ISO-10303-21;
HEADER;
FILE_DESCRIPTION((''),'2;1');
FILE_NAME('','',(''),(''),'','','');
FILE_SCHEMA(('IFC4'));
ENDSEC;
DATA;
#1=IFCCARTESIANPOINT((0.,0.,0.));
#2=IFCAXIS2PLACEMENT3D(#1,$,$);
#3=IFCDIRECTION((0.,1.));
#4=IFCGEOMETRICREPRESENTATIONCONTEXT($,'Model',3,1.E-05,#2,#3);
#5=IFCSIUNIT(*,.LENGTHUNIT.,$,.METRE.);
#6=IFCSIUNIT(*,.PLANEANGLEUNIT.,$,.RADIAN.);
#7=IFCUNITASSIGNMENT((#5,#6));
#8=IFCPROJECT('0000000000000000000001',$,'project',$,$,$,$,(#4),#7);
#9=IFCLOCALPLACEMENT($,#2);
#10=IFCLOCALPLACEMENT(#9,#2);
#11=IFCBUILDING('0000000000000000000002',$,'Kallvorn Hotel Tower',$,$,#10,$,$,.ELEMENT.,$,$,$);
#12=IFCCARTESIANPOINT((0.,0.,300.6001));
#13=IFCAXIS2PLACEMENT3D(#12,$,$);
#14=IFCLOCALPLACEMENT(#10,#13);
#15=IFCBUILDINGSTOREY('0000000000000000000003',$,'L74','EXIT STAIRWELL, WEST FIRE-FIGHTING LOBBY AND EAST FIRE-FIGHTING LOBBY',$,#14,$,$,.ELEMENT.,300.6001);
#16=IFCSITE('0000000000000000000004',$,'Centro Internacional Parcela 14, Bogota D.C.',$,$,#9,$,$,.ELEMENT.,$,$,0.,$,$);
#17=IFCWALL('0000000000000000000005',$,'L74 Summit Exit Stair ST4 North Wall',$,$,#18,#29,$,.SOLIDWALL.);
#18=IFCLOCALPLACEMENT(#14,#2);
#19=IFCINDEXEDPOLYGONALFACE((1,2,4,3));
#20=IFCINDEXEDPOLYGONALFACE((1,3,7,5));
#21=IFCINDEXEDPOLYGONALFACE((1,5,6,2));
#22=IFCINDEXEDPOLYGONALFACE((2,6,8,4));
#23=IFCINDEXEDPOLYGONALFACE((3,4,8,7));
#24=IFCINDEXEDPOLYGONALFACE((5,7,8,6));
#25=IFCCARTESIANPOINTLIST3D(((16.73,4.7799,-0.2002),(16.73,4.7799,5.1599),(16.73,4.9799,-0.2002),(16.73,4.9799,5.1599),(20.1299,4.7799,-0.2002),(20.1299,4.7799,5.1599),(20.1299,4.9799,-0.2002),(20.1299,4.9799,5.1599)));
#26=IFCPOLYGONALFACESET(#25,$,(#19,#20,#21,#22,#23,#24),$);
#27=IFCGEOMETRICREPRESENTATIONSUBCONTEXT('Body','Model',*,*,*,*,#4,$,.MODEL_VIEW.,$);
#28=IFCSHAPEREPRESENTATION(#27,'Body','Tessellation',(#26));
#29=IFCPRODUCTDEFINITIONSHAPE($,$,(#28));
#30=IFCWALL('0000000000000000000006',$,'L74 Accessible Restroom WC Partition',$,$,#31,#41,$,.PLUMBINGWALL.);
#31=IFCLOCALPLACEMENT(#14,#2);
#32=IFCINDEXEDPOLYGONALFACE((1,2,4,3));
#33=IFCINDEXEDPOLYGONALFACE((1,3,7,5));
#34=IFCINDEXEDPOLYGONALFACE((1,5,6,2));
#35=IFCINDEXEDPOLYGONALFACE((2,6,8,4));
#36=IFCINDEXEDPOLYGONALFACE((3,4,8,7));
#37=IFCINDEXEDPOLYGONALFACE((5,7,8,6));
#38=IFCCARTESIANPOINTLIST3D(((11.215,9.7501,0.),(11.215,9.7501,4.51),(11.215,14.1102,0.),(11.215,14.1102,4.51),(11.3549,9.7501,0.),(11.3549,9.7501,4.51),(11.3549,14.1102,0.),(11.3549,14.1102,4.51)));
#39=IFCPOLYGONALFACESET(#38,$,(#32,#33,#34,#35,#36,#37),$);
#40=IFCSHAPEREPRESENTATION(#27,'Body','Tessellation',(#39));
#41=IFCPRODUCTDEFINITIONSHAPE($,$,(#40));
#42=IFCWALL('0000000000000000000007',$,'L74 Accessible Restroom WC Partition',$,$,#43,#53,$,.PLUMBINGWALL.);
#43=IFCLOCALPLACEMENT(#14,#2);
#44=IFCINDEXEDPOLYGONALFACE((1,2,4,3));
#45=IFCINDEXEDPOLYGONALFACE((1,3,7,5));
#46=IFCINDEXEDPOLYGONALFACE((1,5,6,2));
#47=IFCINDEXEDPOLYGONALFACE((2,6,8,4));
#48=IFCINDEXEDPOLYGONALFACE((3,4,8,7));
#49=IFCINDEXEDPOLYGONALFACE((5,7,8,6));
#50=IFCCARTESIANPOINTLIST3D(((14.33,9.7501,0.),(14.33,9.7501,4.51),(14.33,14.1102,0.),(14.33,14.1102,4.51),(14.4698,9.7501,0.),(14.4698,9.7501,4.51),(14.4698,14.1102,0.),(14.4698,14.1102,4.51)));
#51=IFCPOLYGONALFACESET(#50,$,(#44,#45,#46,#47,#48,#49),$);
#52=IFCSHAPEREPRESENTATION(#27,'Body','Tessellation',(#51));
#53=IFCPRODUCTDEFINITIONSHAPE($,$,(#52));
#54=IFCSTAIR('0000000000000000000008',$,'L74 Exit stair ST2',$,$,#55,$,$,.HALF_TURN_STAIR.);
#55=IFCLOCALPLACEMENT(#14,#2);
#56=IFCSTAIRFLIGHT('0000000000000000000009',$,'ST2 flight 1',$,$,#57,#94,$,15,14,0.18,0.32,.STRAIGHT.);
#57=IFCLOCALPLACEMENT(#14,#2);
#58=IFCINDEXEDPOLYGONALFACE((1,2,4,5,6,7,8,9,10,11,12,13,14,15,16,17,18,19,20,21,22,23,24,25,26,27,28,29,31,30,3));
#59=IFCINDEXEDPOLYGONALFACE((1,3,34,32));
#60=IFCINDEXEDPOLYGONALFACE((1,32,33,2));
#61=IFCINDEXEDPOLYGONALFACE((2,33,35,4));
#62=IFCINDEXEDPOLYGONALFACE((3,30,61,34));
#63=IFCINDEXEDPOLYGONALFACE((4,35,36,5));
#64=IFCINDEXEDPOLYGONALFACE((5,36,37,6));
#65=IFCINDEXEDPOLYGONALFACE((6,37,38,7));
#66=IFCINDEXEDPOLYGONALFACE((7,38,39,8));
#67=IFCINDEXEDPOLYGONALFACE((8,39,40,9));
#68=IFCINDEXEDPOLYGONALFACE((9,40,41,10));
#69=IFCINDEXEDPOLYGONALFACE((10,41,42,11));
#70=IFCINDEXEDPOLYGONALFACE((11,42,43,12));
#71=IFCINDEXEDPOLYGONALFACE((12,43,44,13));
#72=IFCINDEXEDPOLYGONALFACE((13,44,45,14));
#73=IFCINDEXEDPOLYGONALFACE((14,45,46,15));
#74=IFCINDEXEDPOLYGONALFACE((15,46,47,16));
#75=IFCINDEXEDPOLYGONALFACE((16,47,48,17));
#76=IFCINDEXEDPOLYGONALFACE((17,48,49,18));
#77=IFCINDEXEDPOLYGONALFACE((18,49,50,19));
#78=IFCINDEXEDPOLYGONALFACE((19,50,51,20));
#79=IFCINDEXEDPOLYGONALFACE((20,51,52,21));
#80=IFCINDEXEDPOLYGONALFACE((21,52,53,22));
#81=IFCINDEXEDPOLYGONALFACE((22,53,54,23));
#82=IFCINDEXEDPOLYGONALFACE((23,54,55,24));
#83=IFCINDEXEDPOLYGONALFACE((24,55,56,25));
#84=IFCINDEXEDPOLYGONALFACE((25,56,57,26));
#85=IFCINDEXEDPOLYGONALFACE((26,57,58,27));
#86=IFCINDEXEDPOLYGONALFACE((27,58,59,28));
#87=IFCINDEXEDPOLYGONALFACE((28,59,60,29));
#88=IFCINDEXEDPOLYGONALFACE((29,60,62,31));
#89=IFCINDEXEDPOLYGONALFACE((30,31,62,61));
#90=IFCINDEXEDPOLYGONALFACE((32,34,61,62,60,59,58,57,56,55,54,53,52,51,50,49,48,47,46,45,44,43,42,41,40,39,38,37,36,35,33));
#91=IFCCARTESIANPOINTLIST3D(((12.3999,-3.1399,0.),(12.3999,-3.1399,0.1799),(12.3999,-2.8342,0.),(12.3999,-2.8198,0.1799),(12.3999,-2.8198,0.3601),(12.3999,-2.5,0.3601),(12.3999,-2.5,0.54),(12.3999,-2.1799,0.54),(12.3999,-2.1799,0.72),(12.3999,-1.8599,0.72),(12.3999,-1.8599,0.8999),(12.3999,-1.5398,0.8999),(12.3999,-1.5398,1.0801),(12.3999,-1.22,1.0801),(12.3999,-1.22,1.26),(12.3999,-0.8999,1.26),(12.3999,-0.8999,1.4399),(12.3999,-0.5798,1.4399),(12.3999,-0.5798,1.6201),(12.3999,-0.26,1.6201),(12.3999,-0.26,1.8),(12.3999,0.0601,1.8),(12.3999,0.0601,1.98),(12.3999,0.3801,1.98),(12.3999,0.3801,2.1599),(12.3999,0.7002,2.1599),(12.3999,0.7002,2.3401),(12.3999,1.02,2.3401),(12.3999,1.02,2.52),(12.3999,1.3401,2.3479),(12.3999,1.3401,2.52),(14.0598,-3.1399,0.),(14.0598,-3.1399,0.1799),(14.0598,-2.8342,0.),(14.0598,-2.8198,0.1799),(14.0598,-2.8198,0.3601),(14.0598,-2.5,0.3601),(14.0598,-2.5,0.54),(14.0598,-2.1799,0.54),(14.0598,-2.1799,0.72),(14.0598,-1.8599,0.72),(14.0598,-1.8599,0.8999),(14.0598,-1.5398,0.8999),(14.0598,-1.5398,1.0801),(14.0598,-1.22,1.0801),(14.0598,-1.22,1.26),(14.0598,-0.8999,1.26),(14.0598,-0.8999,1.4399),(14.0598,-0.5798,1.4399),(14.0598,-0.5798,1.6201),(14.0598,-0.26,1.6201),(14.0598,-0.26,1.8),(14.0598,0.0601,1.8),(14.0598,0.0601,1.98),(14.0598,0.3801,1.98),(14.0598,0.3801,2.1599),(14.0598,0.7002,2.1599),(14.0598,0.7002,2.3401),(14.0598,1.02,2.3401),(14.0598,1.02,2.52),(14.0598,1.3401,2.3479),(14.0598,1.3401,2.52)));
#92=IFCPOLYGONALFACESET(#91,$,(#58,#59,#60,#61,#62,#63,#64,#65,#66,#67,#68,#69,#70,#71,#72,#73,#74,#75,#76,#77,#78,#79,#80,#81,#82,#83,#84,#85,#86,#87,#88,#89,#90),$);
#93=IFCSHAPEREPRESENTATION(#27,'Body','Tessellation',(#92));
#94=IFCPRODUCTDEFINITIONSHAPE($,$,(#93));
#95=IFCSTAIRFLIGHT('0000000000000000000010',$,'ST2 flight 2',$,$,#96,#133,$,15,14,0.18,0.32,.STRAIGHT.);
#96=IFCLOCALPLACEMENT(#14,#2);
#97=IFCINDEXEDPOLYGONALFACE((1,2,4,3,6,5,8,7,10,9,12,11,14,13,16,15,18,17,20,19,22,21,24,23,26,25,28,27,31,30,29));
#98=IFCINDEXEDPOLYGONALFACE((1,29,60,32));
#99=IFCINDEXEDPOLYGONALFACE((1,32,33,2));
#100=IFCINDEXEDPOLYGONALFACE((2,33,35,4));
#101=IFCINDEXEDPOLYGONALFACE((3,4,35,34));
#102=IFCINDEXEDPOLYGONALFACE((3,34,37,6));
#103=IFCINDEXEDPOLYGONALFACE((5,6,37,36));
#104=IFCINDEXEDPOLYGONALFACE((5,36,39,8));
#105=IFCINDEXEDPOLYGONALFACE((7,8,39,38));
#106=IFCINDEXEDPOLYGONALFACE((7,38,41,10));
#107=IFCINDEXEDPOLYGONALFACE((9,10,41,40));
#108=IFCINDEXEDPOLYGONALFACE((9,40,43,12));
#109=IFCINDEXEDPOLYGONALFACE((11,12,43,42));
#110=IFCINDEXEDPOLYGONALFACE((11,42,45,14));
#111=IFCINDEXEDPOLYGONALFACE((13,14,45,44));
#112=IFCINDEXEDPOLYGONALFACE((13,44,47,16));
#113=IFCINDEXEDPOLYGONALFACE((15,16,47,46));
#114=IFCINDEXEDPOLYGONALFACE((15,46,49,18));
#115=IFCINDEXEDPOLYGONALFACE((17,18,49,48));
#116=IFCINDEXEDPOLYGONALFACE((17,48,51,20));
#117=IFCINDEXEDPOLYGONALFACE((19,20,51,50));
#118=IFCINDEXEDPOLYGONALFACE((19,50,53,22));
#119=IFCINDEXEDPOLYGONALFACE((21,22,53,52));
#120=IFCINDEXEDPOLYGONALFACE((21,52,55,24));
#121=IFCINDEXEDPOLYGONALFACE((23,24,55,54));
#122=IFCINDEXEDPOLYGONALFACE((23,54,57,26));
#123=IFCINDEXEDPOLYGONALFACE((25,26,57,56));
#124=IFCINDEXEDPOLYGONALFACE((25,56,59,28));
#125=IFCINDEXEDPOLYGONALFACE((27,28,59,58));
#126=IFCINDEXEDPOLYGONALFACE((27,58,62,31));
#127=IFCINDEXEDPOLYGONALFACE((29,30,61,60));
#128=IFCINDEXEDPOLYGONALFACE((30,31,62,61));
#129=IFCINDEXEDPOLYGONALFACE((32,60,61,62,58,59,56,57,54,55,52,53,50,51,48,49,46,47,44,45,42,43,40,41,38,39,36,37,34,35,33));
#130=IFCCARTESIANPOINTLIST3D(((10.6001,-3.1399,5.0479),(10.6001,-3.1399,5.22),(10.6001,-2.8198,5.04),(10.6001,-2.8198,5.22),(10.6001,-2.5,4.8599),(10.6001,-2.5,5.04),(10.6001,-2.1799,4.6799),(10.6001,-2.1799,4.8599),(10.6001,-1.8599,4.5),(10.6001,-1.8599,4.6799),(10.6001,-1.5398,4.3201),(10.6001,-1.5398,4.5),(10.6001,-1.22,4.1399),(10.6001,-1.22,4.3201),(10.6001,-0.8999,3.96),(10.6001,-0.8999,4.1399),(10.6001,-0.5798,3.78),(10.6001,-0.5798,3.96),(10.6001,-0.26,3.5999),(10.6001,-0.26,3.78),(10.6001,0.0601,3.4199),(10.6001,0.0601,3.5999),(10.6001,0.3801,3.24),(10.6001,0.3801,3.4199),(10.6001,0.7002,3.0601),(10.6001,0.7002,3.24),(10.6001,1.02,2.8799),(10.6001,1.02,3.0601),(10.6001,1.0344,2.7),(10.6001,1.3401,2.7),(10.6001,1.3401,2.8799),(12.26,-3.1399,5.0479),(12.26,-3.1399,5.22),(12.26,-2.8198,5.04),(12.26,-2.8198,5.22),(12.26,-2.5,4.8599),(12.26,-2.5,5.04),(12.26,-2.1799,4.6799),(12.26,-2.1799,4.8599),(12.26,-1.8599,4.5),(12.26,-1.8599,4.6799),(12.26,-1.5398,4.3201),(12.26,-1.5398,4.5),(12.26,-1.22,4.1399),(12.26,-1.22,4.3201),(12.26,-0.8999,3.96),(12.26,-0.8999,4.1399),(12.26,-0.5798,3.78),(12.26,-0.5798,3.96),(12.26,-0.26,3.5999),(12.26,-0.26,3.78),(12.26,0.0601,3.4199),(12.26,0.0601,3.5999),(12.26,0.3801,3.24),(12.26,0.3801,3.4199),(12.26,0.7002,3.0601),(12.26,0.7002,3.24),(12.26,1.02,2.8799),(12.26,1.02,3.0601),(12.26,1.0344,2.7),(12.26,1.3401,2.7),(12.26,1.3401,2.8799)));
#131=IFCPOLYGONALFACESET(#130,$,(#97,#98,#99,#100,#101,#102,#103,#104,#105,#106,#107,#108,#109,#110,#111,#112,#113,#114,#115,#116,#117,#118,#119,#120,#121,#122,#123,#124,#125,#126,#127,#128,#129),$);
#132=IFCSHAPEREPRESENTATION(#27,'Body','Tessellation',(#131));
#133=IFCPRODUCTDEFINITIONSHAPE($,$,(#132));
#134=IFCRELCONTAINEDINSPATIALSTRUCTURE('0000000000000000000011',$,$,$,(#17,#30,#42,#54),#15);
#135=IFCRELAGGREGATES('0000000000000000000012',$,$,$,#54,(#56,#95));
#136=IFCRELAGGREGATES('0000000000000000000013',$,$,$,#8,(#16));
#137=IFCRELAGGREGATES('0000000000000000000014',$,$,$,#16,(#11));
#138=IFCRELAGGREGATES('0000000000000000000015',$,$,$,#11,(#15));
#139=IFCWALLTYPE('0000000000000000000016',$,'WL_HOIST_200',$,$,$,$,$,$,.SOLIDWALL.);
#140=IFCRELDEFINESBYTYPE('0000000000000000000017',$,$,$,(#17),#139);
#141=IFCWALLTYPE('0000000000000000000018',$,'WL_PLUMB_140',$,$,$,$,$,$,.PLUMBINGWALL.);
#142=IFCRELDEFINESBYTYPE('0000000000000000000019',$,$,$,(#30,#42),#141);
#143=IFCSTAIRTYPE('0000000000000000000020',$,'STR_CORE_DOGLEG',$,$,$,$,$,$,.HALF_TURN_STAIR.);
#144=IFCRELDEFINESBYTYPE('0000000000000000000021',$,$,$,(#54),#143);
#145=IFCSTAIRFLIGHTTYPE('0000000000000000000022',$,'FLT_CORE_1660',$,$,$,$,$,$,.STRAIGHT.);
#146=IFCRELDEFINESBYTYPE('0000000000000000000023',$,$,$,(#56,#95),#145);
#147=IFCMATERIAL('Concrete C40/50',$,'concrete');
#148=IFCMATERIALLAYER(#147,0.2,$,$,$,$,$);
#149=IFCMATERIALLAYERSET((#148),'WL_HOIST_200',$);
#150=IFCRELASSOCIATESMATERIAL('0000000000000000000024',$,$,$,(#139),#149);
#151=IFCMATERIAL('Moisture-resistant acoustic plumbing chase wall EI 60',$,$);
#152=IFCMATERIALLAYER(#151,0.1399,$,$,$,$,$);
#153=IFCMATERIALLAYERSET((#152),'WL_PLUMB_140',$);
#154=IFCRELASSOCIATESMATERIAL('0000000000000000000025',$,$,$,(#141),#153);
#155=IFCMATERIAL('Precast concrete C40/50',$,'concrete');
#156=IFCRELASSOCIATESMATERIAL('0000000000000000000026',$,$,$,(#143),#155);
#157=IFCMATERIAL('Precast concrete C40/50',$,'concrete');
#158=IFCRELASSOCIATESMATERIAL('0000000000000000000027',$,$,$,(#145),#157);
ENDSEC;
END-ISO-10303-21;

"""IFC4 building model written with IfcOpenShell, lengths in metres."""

from ifc_helpers import new_model, si_unit, direction, frame, frame_2d, origin, place, context, subcontext, project, spatial, polyline, rectangle, outline, extrude, material, layer, layer_set, type_object, element, aggregate, save


model = new_model("IFC4")

# Units and contexts
model_context = context("Model", 3, precision=1e-05, world=origin(), true_north=direction((0.0, 1.0)))
body_context = subcontext(model_context, "Body", "Model", "MODEL_VIEW")
ifc_project = project(units=[si_unit("LENGTHUNIT", "METRE"), si_unit("PLANEANGLEUNIT", "RADIAN")], contexts=[model_context])

# Site, building, storey
site_placement = place(None, origin())
site = spatial("IfcSite", under=ifc_project, at=site_placement, Name="Centro Internacional Parcela 14, Bogota D.C.", CompositionType="ELEMENT", RefElevation=0.0)
building_placement = place(site_placement, origin())
building = spatial("IfcBuilding", under=site, at=building_placement, Name="Kallvorn Hotel Tower", CompositionType="ELEMENT")
storey_placement = place(building_placement, frame((0.0, 0.0, 300.6001)))
storey = spatial("IfcBuildingStorey", under=building, at=storey_placement, Name="L74", Description="EXIT STAIRWELL, WEST FIRE-FIGHTING LOBBY AND EAST FIRE-FIGHTING LOBBY", CompositionType="ELEMENT", Elevation=300.6001)

# Walls
ifc_material_1 = material(Name="Concrete C40/50", Category="concrete")
ifc_layer_1 = layer(ifc_material_1, 0.2)
ifc_layer_set_1 = layer_set([ifc_layer_1], Name="WL_HOIST_200")
wall_type_1 = type_object("IfcWallType", Name="WL_HOIST_200", PredefinedType="SOLIDWALL", material=ifc_layer_set_1)
wall_placement = place(storey_placement, frame((16.73, 4.8799, -0.2002), z_axis=(0.0, 0.0, 1.0), x_axis=(1.0, 0.0, 0.0)))
element("IfcWall", 1, at=wall_placement, inside=storey, type_object=wall_type_1, Name="L74 Summit Exit Stair ST4 North Wall", PredefinedType="SOLIDWALL", context=body_context, shape_type="SweptSolid", body=[
    extrude(rectangle(XDim=3.3999, YDim=0.2, at=frame_2d((1.7, 0.0))), origin(), (0.0, 0.0, 1.0), 5.3601),
])
ifc_material_2 = material(Name="Moisture-resistant acoustic plumbing chase wall EI 60")
ifc_layer_2 = layer(ifc_material_2, 0.1399)
ifc_layer_set_2 = layer_set([ifc_layer_2], Name="WL_PLUMB_140")
wall_type_2 = type_object("IfcWallType", Name="WL_PLUMB_140", PredefinedType="PLUMBINGWALL", material=ifc_layer_set_2)
for number, where, z_axis, x_axis, name in (
    (2, (11.2849, 9.75, 0.0), (0.0, 0.0, 1.0), (0.0, 1.0, 0.0), "L74 Accessible Restroom WC Partition"),
    (3, (14.3999, 9.75, 0.0), (0.0, 0.0, 1.0), (0.0, 1.0, 0.0), "L74 Accessible Restroom WC Partition"),
):
    element("IfcWall", number, at=place(storey_placement, frame(where, z_axis=z_axis, x_axis=x_axis)), inside=storey, type_object=wall_type_2, Name=name, PredefinedType="PLUMBINGWALL", context=body_context, shape_type="SweptSolid", body=[
        extrude(rectangle(XDim=4.3601, YDim=0.1399, at=frame_2d((2.1802, 0.0))), origin(), (0.0, 0.0, 1.0), 4.51),
    ])

# Stair, stair flights
ifc_material_3 = material(Name="Precast concrete C40/50", Category="concrete")
stair_type = type_object("IfcStairType", Name="STR_CORE_DOGLEG", PredefinedType="HALF_TURN_STAIR", material=ifc_material_3)
stair_placement = place(storey_placement, origin())
stair = element("IfcStair", 4, at=stair_placement, inside=storey, type_object=stair_type, Name="L74 Exit stair ST2", PredefinedType="HALF_TURN_STAIR")
ifc_material_4 = material(Name="Precast concrete C40/50", Category="concrete")
stair_flight_type = type_object("IfcStairFlightType", Name="FLT_CORE_1660", PredefinedType="STRAIGHT", material=ifc_material_4)
stair_flight_1_placement = place(storey_placement, frame((13.23, -3.1399, 0.0), z_axis=(0.0, 0.0, 1.0), x_axis=(0.0, 1.0, 0.0)))
stair_flight_1 = element("IfcStairFlight", 5, at=stair_flight_1_placement, type_object=stair_flight_type, Name="ST2 flight 1", NumberOfRisers=15, NumberOfTreads=14, PredefinedType="STRAIGHT", RiserHeight=0.18, TreadLength=0.32, context=body_context, shape_type="SweptSolid", body=[
    extrude(outline(polyline([(0.0, 0.0), (0.0, 0.1799), (0.3201, 0.1799), (0.3201, 0.3601), (0.6399, 0.3601), (0.6399, 0.54), (0.96, 0.54), (0.96, 0.72), (1.28, 0.72), (1.28, 0.8999), (1.6001, 0.8999), (1.6001, 1.0801), (1.9199, 1.0801), (1.9199, 1.26), (2.24, 1.26), (2.24, 1.4399), (2.5601, 1.4399), (2.5601, 1.6201), (2.8799, 1.6201), (2.8799, 1.8), (3.2, 1.8), (3.2, 1.98), (3.52, 1.98), (3.52, 2.1599), (3.8401, 2.1599), (3.8401, 2.3401), (4.1599, 2.3401), (4.1599, 2.52), (4.48, 2.52), (4.48, 2.7), (4.48, 2.3479), (0.3057, 0.0), (0.0, 0.0)])), frame((0.0, 0.8301, 0.0), z_axis=(0.0, -1.0, 0.0), x_axis=(1.0, 0.0, 0.0)), (0.0, 0.0, 1.0), 1.6599),
])
stair_flight_2_placement = place(storey_placement, frame((11.4299, 1.3401, 2.7), z_axis=(0.0, 0.0, 1.0), x_axis=(0.0, -1.0, 0.0)))
stair_flight_2 = element("IfcStairFlight", 6, at=stair_flight_2_placement, type_object=stair_flight_type, Name="ST2 flight 2", NumberOfRisers=15, NumberOfTreads=14, PredefinedType="STRAIGHT", RiserHeight=0.18, TreadLength=0.32, context=body_context, shape_type="SweptSolid", body=[
    extrude(outline(polyline([(0.0, 0.0), (0.0, 0.1799), (0.3201, 0.1799), (0.3201, 0.3601), (0.6399, 0.3601), (0.6399, 0.54), (0.96, 0.54), (0.96, 0.72), (1.28, 0.72), (1.28, 0.8999), (1.6001, 0.8999), (1.6001, 1.0801), (1.9199, 1.0801), (1.9199, 1.26), (2.24, 1.26), (2.24, 1.4399), (2.5601, 1.4399), (2.5601, 1.6201), (2.8799, 1.6201), (2.8799, 1.8), (3.2, 1.8), (3.2, 1.98), (3.52, 1.98), (3.52, 2.1599), (3.8401, 2.1599), (3.8401, 2.3401), (4.1599, 2.3401), (4.1599, 2.52), (4.48, 2.52), (4.48, 2.7), (4.48, 2.3479), (0.3057, 0.0), (0.0, 0.0)])), frame((0.0, 0.8301, 0.0), z_axis=(0.0, -1.0, 0.0), x_axis=(1.0, 0.0, 0.0)), (0.0, 0.0, 1.0), 1.6599),
])
aggregate(stair, [stair_flight_1, stair_flight_2])

save(model, "model.ifc")
